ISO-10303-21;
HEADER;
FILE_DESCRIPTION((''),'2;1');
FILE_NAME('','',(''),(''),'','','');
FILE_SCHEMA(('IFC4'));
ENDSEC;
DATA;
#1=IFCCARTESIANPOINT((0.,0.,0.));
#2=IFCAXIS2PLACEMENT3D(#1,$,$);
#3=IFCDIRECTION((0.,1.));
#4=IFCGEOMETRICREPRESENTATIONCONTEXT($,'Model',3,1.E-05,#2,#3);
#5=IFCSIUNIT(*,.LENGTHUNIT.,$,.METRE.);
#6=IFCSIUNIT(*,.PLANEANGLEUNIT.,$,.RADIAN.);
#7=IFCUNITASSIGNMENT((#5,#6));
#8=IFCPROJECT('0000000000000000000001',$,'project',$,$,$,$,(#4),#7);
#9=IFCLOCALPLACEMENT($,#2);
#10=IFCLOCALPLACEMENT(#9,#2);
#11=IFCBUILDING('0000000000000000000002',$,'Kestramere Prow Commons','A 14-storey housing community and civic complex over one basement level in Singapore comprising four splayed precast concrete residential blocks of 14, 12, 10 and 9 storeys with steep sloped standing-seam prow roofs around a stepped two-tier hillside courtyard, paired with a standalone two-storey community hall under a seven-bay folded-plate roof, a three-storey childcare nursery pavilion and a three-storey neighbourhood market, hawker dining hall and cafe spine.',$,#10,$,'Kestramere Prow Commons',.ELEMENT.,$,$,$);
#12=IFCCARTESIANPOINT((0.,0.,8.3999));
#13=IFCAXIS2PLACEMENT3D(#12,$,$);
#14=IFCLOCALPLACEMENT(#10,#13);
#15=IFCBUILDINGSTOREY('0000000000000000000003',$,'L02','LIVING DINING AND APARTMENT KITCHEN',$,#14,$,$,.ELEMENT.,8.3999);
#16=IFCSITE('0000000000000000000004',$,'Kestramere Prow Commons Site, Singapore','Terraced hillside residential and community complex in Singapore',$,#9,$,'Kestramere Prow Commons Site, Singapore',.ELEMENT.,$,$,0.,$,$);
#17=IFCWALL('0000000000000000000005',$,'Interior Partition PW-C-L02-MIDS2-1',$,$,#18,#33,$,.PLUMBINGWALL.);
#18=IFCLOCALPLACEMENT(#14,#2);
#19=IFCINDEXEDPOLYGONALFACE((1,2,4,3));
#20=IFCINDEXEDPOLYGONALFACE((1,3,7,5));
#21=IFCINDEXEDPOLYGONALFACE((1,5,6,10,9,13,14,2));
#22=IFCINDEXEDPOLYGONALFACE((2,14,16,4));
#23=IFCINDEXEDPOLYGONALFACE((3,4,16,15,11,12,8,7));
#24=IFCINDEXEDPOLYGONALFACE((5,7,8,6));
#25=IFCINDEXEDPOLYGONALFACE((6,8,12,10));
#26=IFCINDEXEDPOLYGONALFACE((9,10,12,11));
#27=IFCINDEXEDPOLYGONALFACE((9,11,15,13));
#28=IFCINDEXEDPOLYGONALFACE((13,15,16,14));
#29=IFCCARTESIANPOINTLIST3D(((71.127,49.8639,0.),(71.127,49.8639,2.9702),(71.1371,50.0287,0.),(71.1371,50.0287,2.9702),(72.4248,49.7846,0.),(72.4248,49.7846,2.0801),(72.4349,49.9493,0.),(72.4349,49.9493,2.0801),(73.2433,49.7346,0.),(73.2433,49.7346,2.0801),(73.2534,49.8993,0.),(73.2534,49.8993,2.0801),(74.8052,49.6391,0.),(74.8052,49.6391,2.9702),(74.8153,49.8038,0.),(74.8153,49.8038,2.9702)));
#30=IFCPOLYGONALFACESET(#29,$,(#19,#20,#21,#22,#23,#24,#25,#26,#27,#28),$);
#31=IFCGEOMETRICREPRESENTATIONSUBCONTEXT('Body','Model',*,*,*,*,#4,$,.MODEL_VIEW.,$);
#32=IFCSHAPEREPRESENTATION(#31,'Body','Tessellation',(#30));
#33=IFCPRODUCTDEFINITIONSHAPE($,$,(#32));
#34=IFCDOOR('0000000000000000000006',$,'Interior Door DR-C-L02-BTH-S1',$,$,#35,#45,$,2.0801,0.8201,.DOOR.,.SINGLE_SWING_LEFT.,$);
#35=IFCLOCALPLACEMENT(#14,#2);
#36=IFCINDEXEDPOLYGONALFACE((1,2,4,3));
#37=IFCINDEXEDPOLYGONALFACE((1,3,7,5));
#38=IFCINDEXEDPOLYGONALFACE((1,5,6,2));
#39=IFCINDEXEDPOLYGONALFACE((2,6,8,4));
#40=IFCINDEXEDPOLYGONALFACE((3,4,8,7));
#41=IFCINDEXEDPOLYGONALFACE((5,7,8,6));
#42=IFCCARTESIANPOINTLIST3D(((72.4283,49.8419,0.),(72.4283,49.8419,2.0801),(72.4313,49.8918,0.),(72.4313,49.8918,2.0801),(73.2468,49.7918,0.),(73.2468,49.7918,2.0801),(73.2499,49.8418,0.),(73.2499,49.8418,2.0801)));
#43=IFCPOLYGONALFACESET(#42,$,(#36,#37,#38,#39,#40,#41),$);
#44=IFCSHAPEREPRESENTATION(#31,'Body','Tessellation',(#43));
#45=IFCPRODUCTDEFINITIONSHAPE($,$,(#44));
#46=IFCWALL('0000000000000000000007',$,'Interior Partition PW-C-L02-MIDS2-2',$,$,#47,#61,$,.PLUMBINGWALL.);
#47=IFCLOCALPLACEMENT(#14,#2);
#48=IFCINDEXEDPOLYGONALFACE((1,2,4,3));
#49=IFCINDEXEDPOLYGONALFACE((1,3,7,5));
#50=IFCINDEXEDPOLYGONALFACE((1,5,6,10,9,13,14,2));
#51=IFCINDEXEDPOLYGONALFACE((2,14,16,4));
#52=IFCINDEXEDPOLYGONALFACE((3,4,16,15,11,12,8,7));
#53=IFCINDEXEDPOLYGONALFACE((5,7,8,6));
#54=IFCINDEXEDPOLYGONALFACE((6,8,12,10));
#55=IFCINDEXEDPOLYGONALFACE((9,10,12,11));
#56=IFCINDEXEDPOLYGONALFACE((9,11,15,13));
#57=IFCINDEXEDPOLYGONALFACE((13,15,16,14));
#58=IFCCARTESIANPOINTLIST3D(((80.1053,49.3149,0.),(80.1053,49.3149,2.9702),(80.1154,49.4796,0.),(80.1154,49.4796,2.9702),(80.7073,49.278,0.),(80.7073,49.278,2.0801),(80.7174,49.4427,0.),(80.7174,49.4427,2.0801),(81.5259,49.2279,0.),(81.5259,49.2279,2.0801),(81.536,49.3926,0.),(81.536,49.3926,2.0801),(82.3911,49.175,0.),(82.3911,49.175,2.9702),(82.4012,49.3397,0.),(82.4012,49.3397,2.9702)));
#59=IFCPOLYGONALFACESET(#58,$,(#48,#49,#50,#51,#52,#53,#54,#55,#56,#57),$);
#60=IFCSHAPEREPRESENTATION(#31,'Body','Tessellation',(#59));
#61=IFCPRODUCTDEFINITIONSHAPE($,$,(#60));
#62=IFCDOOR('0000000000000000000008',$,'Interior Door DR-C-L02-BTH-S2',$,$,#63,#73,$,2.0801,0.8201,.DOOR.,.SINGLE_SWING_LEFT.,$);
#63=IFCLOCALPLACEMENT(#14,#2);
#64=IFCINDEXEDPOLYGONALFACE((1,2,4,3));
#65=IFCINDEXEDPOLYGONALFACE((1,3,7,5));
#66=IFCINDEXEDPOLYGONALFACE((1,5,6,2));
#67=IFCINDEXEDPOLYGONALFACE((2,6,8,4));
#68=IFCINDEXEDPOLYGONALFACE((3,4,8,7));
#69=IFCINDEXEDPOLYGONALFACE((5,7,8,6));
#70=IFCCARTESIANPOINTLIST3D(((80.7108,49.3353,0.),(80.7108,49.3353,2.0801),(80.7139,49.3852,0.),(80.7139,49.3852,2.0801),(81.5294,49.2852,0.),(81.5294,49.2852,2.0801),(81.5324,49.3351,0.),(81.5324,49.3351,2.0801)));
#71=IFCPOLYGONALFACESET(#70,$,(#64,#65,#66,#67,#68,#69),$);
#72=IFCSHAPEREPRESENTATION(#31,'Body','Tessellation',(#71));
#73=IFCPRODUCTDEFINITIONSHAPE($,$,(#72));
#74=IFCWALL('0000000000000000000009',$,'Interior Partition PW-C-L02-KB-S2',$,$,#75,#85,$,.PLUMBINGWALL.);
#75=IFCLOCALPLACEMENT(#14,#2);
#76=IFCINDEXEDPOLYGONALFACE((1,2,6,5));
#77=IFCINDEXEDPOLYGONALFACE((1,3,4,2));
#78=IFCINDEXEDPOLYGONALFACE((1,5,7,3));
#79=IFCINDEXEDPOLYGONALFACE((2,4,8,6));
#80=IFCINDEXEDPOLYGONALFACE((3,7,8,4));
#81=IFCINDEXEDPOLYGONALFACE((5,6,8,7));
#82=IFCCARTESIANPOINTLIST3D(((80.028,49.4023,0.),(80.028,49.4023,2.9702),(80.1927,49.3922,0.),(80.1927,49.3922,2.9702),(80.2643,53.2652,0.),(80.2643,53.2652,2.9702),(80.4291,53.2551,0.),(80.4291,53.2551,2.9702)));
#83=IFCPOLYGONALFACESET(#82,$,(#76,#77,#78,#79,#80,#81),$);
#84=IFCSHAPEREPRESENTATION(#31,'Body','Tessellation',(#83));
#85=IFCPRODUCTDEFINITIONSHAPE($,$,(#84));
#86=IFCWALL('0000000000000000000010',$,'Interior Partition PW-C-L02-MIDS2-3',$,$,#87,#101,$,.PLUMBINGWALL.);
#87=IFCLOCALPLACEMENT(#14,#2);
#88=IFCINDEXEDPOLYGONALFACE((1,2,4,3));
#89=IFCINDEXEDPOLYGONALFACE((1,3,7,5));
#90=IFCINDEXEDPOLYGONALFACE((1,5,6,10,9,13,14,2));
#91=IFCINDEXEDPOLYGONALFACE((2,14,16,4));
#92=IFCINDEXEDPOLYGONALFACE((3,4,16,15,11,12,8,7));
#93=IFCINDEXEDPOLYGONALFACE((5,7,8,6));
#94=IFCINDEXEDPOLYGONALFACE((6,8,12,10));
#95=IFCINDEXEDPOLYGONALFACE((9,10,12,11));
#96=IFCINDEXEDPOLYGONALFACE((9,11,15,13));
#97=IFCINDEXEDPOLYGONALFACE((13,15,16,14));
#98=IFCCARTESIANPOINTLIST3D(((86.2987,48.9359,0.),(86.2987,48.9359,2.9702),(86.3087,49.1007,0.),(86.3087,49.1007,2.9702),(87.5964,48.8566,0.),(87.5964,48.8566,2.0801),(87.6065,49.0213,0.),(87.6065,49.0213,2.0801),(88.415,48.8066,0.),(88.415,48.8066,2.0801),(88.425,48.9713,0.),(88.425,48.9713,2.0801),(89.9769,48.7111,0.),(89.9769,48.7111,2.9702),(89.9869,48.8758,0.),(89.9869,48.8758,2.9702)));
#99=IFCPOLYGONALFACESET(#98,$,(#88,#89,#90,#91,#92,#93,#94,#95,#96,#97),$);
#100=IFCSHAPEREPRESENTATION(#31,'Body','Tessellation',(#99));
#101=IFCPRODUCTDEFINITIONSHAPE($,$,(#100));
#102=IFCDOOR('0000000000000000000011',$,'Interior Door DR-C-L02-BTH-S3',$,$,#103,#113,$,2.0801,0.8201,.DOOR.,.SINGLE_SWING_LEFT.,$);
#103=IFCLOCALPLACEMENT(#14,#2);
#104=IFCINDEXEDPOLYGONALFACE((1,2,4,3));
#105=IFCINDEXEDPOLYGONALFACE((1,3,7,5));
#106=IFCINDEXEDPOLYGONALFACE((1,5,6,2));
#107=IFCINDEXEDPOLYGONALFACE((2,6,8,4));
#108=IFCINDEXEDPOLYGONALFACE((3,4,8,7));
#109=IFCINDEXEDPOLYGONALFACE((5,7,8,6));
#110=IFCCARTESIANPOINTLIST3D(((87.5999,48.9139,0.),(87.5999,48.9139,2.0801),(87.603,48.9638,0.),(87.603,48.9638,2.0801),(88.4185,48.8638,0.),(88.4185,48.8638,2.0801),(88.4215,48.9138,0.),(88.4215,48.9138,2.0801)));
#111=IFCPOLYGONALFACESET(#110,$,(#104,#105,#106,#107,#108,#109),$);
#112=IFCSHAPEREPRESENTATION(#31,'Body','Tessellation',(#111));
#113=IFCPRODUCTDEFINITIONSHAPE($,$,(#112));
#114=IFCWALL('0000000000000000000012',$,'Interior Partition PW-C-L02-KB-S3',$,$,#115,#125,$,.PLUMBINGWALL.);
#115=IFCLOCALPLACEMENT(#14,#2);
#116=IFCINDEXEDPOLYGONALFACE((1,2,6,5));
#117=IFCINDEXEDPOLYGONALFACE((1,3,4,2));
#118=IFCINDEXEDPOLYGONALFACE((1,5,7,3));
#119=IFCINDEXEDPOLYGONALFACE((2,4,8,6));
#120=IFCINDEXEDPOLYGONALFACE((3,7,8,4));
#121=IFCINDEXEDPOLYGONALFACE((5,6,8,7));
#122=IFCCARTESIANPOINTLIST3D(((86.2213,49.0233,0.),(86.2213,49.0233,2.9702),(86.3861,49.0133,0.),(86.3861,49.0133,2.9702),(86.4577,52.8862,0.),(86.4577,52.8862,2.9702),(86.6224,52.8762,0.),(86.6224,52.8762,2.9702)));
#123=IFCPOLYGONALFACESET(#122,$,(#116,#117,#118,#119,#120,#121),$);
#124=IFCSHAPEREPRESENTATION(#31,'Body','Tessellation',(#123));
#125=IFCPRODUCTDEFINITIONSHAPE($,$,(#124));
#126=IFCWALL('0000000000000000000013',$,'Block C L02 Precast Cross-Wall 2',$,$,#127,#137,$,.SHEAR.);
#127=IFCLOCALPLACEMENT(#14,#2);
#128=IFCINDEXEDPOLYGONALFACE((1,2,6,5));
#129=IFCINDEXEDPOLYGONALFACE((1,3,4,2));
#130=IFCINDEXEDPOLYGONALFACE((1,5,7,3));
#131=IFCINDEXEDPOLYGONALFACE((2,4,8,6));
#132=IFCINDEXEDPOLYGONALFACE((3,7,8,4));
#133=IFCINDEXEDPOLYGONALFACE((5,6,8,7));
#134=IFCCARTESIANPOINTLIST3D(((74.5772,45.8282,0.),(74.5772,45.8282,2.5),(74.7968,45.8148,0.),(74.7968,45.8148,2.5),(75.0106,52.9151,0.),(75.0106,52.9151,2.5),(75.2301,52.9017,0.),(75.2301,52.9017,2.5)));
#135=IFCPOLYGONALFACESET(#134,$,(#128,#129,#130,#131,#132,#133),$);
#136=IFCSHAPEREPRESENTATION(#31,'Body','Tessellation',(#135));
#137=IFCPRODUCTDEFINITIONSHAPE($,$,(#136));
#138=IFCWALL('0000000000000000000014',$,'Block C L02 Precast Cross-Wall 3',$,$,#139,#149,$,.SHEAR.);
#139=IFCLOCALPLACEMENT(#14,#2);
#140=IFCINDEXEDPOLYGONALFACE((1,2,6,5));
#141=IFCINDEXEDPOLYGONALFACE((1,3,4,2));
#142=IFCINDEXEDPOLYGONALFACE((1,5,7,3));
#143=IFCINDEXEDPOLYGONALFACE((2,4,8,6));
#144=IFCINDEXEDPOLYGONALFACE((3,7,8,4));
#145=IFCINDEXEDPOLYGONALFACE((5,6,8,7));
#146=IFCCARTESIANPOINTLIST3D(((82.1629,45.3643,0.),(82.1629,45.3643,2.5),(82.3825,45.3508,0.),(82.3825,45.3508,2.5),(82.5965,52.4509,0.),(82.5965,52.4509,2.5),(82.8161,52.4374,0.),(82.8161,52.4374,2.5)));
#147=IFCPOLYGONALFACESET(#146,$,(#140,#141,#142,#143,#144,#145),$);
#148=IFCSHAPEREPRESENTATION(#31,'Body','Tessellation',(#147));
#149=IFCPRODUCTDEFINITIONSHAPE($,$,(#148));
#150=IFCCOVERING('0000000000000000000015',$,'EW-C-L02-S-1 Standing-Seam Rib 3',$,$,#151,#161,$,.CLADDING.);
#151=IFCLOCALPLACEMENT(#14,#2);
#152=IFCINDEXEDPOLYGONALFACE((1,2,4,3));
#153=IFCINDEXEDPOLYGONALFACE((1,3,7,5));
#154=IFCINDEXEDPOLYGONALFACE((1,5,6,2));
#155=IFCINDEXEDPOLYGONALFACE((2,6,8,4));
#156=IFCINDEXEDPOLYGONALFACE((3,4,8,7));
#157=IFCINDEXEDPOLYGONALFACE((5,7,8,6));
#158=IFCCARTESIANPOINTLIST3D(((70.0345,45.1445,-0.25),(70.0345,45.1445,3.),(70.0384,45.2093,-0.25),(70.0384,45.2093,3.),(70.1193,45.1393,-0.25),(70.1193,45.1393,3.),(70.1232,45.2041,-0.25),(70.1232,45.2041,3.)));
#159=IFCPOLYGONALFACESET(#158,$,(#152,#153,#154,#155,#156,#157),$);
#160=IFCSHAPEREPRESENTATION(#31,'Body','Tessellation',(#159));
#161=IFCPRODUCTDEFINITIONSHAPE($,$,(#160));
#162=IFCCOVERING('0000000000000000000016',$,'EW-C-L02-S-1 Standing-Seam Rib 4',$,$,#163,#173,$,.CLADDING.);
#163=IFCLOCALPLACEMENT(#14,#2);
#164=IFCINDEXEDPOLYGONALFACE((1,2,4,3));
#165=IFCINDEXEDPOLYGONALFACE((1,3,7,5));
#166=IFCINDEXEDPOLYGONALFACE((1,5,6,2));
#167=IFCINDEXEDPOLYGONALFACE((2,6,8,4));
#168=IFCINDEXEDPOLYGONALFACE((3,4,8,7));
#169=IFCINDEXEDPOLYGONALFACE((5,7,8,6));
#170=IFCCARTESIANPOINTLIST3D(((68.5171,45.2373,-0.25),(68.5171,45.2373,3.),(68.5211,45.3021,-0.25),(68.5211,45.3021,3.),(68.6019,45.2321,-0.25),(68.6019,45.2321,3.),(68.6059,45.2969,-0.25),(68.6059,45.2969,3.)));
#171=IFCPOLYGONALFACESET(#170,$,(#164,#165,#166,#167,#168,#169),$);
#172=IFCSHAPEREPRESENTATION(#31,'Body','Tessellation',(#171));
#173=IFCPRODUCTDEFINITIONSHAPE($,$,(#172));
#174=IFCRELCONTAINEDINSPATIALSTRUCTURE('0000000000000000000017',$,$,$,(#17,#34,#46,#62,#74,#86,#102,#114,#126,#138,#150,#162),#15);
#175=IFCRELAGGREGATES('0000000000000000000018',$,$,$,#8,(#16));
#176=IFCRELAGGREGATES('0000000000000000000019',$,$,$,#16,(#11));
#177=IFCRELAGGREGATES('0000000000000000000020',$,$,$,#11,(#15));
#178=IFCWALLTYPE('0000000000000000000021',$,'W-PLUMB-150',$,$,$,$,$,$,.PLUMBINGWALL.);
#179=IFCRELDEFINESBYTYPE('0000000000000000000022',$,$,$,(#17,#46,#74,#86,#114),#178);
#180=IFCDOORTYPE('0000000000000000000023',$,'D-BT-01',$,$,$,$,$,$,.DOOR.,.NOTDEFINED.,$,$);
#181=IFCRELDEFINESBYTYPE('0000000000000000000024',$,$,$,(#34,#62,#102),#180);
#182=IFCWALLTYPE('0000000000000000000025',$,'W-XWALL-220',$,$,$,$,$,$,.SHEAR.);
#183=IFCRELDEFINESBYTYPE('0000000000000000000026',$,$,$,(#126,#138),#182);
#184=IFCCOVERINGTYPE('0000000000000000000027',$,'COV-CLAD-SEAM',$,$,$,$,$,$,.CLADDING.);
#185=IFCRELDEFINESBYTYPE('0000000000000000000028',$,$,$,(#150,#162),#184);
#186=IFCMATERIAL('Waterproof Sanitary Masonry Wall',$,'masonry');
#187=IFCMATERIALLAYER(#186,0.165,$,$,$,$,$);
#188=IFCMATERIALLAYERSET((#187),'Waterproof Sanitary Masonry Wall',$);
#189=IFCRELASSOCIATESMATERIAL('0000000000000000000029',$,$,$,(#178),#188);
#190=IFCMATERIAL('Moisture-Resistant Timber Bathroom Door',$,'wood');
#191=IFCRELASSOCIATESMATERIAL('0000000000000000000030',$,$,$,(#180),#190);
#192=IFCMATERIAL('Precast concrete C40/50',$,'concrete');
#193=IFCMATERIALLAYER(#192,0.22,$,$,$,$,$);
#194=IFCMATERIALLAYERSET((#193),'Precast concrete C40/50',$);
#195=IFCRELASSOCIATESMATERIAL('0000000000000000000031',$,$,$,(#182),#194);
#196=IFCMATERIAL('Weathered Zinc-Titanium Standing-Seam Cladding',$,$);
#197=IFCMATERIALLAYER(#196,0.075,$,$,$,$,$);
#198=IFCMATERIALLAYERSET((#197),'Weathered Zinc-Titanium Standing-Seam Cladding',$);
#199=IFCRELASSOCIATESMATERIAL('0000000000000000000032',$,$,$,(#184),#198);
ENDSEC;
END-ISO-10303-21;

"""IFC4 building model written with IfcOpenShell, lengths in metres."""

from ifc_helpers import new_model, si_unit, direction, frame, frame_2d, origin, origin_2d, place, context, subcontext, project, spatial, rectangle, extrude, material, layer, layer_set, type_object, element, fill, save


model = new_model("IFC4")

# Units and contexts
model_context = context("Model", 3, precision=1e-05, world=origin(), true_north=direction((0.0, 1.0)))
body_context = subcontext(model_context, "Body", "Model", "MODEL_VIEW")
ifc_project = project(units=[si_unit("LENGTHUNIT", "METRE"), si_unit("PLANEANGLEUNIT", "RADIAN")], contexts=[model_context])

# Site, building, storey
site_placement = place(None, origin())
site = spatial("IfcSite", under=ifc_project, at=site_placement, Name="Kestramere Prow Commons Site, Singapore", Description="Terraced hillside residential and community complex in Singapore", LongName="Kestramere Prow Commons Site, Singapore", CompositionType="ELEMENT", RefElevation=0.0)
building_placement = place(site_placement, origin())
building = spatial("IfcBuilding", under=site, at=building_placement, Name="Kestramere Prow Commons", Description="A 14-storey housing community and civic complex over one basement level in Singapore comprising four splayed precast concrete residential blocks of 14, 12, 10 and 9 storeys with steep sloped standing-seam prow roofs around a stepped two-tier hillside courtyard, paired with a standalone two-storey community hall under a seven-bay folded-plate roof, a three-storey childcare nursery pavilion and a three-storey neighbourhood market, hawker dining hall and cafe spine.", LongName="Kestramere Prow Commons", CompositionType="ELEMENT")
storey_placement = place(building_placement, frame((0.0, 0.0, 8.3999)))
storey = spatial("IfcBuildingStorey", under=building, at=storey_placement, Name="L02", Description="LIVING DINING AND APARTMENT KITCHEN", CompositionType="ELEMENT", Elevation=8.3999)

# Shared definitions
ifc_material_1 = material(Name="Precast concrete C40/50", Category="concrete")

# Walls, openings, doors
ifc_material_2 = material(Name="Waterproof Sanitary Masonry Wall", Category="masonry")
ifc_layer_1 = layer(ifc_material_2, 0.165)
ifc_layer_set_1 = layer_set([ifc_layer_1], Name="Waterproof Sanitary Masonry Wall")
wall_type_1 = type_object("IfcWallType", Name="W-PLUMB-150", PredefinedType="PLUMBINGWALL", material=ifc_layer_set_1)
wall_1_placement = place(storey_placement, frame((71.1321, 49.9463, 0.0), z_axis=(0.0, 0.0, 1.0), x_axis=(0.998137, -0.061017, 0.0)))
wall_1 = element("IfcWall", 1, at=wall_1_placement, inside=storey, type_object=wall_type_1, Name="Interior Partition PW-C-L02-MIDS2-1", PredefinedType="PLUMBINGWALL", context=body_context, shape_type="SweptSolid", body=[
    extrude(rectangle(XDim=3.6851, YDim=0.165, at=frame_2d((1.8425, 0.0))), origin(), (0.0, 0.0, 1.0), 2.9702),
])
opening_1_placement = place(wall_1_placement, frame((1.3, 0.0, 0.0)))
opening_1 = element("IfcOpeningElement", 2, at=opening_1_placement, cuts=wall_1, PredefinedType="OPENING", context=body_context, shape_type="SweptSolid", body=[
    extrude(rectangle(XDim=0.8201, YDim=2.0801, at=frame_2d((0.4102, 1.04))), frame((0.0, 0.0974, 0.0), z_axis=(0.0, -1.0, 0.0), x_axis=(1.0, 0.0, 0.0)), (0.0, 0.0, 1.0), 0.1951),
])
ifc_material_3 = material(Name="Moisture-Resistant Timber Bathroom Door", Category="wood")
door_type_1 = type_object("IfcDoorType", Name="D-BT-01", OperationType="NOTDEFINED", PredefinedType="DOOR", material=ifc_material_3)
door_1_placement = place(opening_1_placement, origin())
door_1 = element("IfcDoor", 3, at=door_1_placement, inside=storey, type_object=door_type_1, Name="Interior Door DR-C-L02-BTH-S1", OperationType="SINGLE_SWING_LEFT", OverallHeight=2.0801, OverallWidth=0.8201, PredefinedType="DOOR", context=body_context, shape_type="SweptSolid", body=[
    extrude(rectangle(XDim=0.8201, YDim=2.0801, at=frame_2d((0.4102, 1.04))), frame((0.0, 0.0249, 0.0), z_axis=(0.0, -1.0, 0.0), x_axis=(1.0, 0.0, 0.0)), (0.0, 0.0, 1.0), 0.05),
])
fill(opening_1, door_1)
wall_2_placement = place(storey_placement, frame((80.1104, 49.3972, 0.0), z_axis=(0.0, 0.0, 1.0), x_axis=(0.998132, -0.061091, 0.0)))
wall_2 = element("IfcWall", 4, at=wall_2_placement, inside=storey, type_object=wall_type_1, Name="Interior Partition PW-C-L02-MIDS2-2", PredefinedType="PLUMBINGWALL", context=body_context, shape_type="SweptSolid", body=[
    extrude(rectangle(XDim=2.29, YDim=0.165, at=frame_2d((1.145, 0.0))), origin(), (0.0, 0.0, 1.0), 2.9702),
])
opening_2_placement = place(wall_2_placement, frame((0.603, 0.0, 0.0)))
opening_2 = element("IfcOpeningElement", 5, at=opening_2_placement, cuts=wall_2, PredefinedType="OPENING", context=body_context, shape_type="SweptSolid", body=[
    extrude(rectangle(XDim=0.8201, YDim=2.0801, at=frame_2d((0.4102, 1.04))), frame((0.0, 0.0974, 0.0), z_axis=(0.0, -1.0, 0.0), x_axis=(1.0, 0.0, 0.0)), (0.0, 0.0, 1.0), 0.1951),
])
door_2_placement = place(opening_2_placement, origin())
door_2 = element("IfcDoor", 6, at=door_2_placement, inside=storey, type_object=door_type_1, Name="Interior Door DR-C-L02-BTH-S2", OperationType="SINGLE_SWING_LEFT", OverallHeight=2.0801, OverallWidth=0.8201, PredefinedType="DOOR", context=body_context, shape_type="SweptSolid", body=[
    extrude(rectangle(XDim=0.8201, YDim=2.0801, at=frame_2d((0.4102, 1.04))), frame((0.0, 0.0249, 0.0), z_axis=(0.0, -1.0, 0.0), x_axis=(1.0, 0.0, 0.0)), (0.0, 0.0, 1.0), 0.05),
])
fill(opening_2, door_2)

# Wall
wall_3_placement = place(storey_placement, frame((80.1104, 49.3972, 0.0), z_axis=(0.0, 0.0, 1.0), x_axis=(0.061066, 0.998134, 0.0)))
element("IfcWall", 7, at=wall_3_placement, inside=storey, type_object=wall_type_1, Name="Interior Partition PW-C-L02-KB-S2", PredefinedType="PLUMBINGWALL", context=body_context, shape_type="SweptSolid", body=[
    extrude(rectangle(XDim=3.8701, YDim=0.165, at=frame_2d((1.9351, 0.0))), origin(), (0.0, 0.0, 1.0), 2.9702),
])

# Wall, opening, door
wall_4_placement = place(storey_placement, frame((86.3037, 49.0183, 0.0), z_axis=(0.0, 0.0, 1.0), x_axis=(0.998137, -0.061017, 0.0)))
wall_4 = element("IfcWall", 8, at=wall_4_placement, inside=storey, type_object=wall_type_1, Name="Interior Partition PW-C-L02-MIDS2-3", PredefinedType="PLUMBINGWALL", context=body_context, shape_type="SweptSolid", body=[
    extrude(rectangle(XDim=3.6851, YDim=0.165, at=frame_2d((1.8425, 0.0))), origin(), (0.0, 0.0, 1.0), 2.9702),
])
opening_3_placement = place(wall_4_placement, frame((1.3, 0.0, 0.0)))
opening_3 = element("IfcOpeningElement", 9, at=opening_3_placement, cuts=wall_4, PredefinedType="OPENING", context=body_context, shape_type="SweptSolid", body=[
    extrude(rectangle(XDim=0.8201, YDim=2.0801, at=frame_2d((0.4102, 1.04))), frame((0.0, 0.0974, 0.0), z_axis=(0.0, -1.0, 0.0), x_axis=(1.0, 0.0, 0.0)), (0.0, 0.0, 1.0), 0.1951),
])
door_3_placement = place(opening_3_placement, origin())
door_3 = element("IfcDoor", 10, at=door_3_placement, inside=storey, type_object=door_type_1, Name="Interior Door DR-C-L02-BTH-S3", OperationType="SINGLE_SWING_LEFT", OverallHeight=2.0801, OverallWidth=0.8201, PredefinedType="DOOR", context=body_context, shape_type="SweptSolid", body=[
    extrude(rectangle(XDim=0.8201, YDim=2.0801, at=frame_2d((0.4102, 1.04))), frame((0.0, 0.0249, 0.0), z_axis=(0.0, -1.0, 0.0), x_axis=(1.0, 0.0, 0.0)), (0.0, 0.0, 1.0), 0.05),
])
fill(opening_3, door_3)

# Walls
wall_5_placement = place(storey_placement, frame((86.3037, 49.0183, 0.0), z_axis=(0.0, 0.0, 1.0), x_axis=(0.061066, 0.998134, 0.0)))
element("IfcWall", 11, at=wall_5_placement, inside=storey, type_object=wall_type_1, Name="Interior Partition PW-C-L02-KB-S3", PredefinedType="PLUMBINGWALL", context=body_context, shape_type="SweptSolid", body=[
    extrude(rectangle(XDim=3.8701, YDim=0.165, at=frame_2d((1.9351, 0.0))), origin(), (0.0, 0.0, 1.0), 2.9702),
])
ifc_layer_2 = layer(ifc_material_1, 0.22)
ifc_layer_set_2 = layer_set([ifc_layer_2], Name="Precast concrete C40/50")
wall_type_2 = type_object("IfcWallType", Name="W-XWALL-220", PredefinedType="SHEAR", material=ifc_layer_set_2)
wall_6_placement = place(storey_placement, frame((74.687, 45.8215, 0.0), z_axis=(0.0, 0.0, 1.0), x_axis=(0.061034, 0.998136, 0.0)))
element("IfcWall", 12, at=wall_6_placement, inside=storey, type_object=wall_type_2, Name="Block C L02 Precast Cross-Wall 2", PredefinedType="SHEAR", context=body_context, shape_type="SweptSolid", body=[
    extrude(rectangle(XDim=7.1001, YDim=0.22, at=frame_2d((3.55, 0.0))), origin(), (0.0, 0.0, 1.0), 2.5),
])
wall_7_placement = place(storey_placement, frame((82.2727, 45.3577, 0.0), z_axis=(0.0, 0.0, 1.0), x_axis=(0.06107, 0.998133, 0.0)))
element("IfcWall", 13, at=wall_7_placement, inside=storey, type_object=wall_type_2, Name="Block C L02 Precast Cross-Wall 3", PredefinedType="SHEAR", context=body_context, shape_type="SweptSolid", body=[
    extrude(rectangle(XDim=7.0999, YDim=0.22, at=frame_2d((3.5498, 0.0))), origin(), (0.0, 0.0, 1.0), 2.5),
])

# Coverings
ifc_material_4 = material(Name="Weathered Zinc-Titanium Standing-Seam Cladding")
ifc_layer_3 = layer(ifc_material_4, 0.075)
ifc_layer_set_3 = layer_set([ifc_layer_3], Name="Weathered Zinc-Titanium Standing-Seam Cladding")
covering_type = type_object("IfcCoveringType", Name="COV-CLAD-SEAM", PredefinedType="CLADDING", material=ifc_layer_set_3)
for number, where, z_axis, x_axis, name in (
    (14, (70.0789, 45.1743, -0.25), (0.0, 0.0, 1.0), (-0.998135, 0.061049, 0.0), "EW-C-L02-S-1 Standing-Seam Rib 3"),
    (15, (68.5615, 45.2671, -0.25), (0.0, 0.0, 1.0), (-0.998135, 0.061049, 0.0), "EW-C-L02-S-1 Standing-Seam Rib 4"),
):
    element("IfcCovering", number, at=place(storey_placement, frame(where, z_axis=z_axis, x_axis=x_axis)), inside=storey, type_object=covering_type, Name=name, PredefinedType="CLADDING", context=body_context, shape_type="SweptSolid", body=[
        extrude(rectangle(XDim=0.085, YDim=0.0649, at=origin_2d()), origin(), (0.0, 0.0, 1.0), 3.25),
    ])

save(model, "model.ifc")
